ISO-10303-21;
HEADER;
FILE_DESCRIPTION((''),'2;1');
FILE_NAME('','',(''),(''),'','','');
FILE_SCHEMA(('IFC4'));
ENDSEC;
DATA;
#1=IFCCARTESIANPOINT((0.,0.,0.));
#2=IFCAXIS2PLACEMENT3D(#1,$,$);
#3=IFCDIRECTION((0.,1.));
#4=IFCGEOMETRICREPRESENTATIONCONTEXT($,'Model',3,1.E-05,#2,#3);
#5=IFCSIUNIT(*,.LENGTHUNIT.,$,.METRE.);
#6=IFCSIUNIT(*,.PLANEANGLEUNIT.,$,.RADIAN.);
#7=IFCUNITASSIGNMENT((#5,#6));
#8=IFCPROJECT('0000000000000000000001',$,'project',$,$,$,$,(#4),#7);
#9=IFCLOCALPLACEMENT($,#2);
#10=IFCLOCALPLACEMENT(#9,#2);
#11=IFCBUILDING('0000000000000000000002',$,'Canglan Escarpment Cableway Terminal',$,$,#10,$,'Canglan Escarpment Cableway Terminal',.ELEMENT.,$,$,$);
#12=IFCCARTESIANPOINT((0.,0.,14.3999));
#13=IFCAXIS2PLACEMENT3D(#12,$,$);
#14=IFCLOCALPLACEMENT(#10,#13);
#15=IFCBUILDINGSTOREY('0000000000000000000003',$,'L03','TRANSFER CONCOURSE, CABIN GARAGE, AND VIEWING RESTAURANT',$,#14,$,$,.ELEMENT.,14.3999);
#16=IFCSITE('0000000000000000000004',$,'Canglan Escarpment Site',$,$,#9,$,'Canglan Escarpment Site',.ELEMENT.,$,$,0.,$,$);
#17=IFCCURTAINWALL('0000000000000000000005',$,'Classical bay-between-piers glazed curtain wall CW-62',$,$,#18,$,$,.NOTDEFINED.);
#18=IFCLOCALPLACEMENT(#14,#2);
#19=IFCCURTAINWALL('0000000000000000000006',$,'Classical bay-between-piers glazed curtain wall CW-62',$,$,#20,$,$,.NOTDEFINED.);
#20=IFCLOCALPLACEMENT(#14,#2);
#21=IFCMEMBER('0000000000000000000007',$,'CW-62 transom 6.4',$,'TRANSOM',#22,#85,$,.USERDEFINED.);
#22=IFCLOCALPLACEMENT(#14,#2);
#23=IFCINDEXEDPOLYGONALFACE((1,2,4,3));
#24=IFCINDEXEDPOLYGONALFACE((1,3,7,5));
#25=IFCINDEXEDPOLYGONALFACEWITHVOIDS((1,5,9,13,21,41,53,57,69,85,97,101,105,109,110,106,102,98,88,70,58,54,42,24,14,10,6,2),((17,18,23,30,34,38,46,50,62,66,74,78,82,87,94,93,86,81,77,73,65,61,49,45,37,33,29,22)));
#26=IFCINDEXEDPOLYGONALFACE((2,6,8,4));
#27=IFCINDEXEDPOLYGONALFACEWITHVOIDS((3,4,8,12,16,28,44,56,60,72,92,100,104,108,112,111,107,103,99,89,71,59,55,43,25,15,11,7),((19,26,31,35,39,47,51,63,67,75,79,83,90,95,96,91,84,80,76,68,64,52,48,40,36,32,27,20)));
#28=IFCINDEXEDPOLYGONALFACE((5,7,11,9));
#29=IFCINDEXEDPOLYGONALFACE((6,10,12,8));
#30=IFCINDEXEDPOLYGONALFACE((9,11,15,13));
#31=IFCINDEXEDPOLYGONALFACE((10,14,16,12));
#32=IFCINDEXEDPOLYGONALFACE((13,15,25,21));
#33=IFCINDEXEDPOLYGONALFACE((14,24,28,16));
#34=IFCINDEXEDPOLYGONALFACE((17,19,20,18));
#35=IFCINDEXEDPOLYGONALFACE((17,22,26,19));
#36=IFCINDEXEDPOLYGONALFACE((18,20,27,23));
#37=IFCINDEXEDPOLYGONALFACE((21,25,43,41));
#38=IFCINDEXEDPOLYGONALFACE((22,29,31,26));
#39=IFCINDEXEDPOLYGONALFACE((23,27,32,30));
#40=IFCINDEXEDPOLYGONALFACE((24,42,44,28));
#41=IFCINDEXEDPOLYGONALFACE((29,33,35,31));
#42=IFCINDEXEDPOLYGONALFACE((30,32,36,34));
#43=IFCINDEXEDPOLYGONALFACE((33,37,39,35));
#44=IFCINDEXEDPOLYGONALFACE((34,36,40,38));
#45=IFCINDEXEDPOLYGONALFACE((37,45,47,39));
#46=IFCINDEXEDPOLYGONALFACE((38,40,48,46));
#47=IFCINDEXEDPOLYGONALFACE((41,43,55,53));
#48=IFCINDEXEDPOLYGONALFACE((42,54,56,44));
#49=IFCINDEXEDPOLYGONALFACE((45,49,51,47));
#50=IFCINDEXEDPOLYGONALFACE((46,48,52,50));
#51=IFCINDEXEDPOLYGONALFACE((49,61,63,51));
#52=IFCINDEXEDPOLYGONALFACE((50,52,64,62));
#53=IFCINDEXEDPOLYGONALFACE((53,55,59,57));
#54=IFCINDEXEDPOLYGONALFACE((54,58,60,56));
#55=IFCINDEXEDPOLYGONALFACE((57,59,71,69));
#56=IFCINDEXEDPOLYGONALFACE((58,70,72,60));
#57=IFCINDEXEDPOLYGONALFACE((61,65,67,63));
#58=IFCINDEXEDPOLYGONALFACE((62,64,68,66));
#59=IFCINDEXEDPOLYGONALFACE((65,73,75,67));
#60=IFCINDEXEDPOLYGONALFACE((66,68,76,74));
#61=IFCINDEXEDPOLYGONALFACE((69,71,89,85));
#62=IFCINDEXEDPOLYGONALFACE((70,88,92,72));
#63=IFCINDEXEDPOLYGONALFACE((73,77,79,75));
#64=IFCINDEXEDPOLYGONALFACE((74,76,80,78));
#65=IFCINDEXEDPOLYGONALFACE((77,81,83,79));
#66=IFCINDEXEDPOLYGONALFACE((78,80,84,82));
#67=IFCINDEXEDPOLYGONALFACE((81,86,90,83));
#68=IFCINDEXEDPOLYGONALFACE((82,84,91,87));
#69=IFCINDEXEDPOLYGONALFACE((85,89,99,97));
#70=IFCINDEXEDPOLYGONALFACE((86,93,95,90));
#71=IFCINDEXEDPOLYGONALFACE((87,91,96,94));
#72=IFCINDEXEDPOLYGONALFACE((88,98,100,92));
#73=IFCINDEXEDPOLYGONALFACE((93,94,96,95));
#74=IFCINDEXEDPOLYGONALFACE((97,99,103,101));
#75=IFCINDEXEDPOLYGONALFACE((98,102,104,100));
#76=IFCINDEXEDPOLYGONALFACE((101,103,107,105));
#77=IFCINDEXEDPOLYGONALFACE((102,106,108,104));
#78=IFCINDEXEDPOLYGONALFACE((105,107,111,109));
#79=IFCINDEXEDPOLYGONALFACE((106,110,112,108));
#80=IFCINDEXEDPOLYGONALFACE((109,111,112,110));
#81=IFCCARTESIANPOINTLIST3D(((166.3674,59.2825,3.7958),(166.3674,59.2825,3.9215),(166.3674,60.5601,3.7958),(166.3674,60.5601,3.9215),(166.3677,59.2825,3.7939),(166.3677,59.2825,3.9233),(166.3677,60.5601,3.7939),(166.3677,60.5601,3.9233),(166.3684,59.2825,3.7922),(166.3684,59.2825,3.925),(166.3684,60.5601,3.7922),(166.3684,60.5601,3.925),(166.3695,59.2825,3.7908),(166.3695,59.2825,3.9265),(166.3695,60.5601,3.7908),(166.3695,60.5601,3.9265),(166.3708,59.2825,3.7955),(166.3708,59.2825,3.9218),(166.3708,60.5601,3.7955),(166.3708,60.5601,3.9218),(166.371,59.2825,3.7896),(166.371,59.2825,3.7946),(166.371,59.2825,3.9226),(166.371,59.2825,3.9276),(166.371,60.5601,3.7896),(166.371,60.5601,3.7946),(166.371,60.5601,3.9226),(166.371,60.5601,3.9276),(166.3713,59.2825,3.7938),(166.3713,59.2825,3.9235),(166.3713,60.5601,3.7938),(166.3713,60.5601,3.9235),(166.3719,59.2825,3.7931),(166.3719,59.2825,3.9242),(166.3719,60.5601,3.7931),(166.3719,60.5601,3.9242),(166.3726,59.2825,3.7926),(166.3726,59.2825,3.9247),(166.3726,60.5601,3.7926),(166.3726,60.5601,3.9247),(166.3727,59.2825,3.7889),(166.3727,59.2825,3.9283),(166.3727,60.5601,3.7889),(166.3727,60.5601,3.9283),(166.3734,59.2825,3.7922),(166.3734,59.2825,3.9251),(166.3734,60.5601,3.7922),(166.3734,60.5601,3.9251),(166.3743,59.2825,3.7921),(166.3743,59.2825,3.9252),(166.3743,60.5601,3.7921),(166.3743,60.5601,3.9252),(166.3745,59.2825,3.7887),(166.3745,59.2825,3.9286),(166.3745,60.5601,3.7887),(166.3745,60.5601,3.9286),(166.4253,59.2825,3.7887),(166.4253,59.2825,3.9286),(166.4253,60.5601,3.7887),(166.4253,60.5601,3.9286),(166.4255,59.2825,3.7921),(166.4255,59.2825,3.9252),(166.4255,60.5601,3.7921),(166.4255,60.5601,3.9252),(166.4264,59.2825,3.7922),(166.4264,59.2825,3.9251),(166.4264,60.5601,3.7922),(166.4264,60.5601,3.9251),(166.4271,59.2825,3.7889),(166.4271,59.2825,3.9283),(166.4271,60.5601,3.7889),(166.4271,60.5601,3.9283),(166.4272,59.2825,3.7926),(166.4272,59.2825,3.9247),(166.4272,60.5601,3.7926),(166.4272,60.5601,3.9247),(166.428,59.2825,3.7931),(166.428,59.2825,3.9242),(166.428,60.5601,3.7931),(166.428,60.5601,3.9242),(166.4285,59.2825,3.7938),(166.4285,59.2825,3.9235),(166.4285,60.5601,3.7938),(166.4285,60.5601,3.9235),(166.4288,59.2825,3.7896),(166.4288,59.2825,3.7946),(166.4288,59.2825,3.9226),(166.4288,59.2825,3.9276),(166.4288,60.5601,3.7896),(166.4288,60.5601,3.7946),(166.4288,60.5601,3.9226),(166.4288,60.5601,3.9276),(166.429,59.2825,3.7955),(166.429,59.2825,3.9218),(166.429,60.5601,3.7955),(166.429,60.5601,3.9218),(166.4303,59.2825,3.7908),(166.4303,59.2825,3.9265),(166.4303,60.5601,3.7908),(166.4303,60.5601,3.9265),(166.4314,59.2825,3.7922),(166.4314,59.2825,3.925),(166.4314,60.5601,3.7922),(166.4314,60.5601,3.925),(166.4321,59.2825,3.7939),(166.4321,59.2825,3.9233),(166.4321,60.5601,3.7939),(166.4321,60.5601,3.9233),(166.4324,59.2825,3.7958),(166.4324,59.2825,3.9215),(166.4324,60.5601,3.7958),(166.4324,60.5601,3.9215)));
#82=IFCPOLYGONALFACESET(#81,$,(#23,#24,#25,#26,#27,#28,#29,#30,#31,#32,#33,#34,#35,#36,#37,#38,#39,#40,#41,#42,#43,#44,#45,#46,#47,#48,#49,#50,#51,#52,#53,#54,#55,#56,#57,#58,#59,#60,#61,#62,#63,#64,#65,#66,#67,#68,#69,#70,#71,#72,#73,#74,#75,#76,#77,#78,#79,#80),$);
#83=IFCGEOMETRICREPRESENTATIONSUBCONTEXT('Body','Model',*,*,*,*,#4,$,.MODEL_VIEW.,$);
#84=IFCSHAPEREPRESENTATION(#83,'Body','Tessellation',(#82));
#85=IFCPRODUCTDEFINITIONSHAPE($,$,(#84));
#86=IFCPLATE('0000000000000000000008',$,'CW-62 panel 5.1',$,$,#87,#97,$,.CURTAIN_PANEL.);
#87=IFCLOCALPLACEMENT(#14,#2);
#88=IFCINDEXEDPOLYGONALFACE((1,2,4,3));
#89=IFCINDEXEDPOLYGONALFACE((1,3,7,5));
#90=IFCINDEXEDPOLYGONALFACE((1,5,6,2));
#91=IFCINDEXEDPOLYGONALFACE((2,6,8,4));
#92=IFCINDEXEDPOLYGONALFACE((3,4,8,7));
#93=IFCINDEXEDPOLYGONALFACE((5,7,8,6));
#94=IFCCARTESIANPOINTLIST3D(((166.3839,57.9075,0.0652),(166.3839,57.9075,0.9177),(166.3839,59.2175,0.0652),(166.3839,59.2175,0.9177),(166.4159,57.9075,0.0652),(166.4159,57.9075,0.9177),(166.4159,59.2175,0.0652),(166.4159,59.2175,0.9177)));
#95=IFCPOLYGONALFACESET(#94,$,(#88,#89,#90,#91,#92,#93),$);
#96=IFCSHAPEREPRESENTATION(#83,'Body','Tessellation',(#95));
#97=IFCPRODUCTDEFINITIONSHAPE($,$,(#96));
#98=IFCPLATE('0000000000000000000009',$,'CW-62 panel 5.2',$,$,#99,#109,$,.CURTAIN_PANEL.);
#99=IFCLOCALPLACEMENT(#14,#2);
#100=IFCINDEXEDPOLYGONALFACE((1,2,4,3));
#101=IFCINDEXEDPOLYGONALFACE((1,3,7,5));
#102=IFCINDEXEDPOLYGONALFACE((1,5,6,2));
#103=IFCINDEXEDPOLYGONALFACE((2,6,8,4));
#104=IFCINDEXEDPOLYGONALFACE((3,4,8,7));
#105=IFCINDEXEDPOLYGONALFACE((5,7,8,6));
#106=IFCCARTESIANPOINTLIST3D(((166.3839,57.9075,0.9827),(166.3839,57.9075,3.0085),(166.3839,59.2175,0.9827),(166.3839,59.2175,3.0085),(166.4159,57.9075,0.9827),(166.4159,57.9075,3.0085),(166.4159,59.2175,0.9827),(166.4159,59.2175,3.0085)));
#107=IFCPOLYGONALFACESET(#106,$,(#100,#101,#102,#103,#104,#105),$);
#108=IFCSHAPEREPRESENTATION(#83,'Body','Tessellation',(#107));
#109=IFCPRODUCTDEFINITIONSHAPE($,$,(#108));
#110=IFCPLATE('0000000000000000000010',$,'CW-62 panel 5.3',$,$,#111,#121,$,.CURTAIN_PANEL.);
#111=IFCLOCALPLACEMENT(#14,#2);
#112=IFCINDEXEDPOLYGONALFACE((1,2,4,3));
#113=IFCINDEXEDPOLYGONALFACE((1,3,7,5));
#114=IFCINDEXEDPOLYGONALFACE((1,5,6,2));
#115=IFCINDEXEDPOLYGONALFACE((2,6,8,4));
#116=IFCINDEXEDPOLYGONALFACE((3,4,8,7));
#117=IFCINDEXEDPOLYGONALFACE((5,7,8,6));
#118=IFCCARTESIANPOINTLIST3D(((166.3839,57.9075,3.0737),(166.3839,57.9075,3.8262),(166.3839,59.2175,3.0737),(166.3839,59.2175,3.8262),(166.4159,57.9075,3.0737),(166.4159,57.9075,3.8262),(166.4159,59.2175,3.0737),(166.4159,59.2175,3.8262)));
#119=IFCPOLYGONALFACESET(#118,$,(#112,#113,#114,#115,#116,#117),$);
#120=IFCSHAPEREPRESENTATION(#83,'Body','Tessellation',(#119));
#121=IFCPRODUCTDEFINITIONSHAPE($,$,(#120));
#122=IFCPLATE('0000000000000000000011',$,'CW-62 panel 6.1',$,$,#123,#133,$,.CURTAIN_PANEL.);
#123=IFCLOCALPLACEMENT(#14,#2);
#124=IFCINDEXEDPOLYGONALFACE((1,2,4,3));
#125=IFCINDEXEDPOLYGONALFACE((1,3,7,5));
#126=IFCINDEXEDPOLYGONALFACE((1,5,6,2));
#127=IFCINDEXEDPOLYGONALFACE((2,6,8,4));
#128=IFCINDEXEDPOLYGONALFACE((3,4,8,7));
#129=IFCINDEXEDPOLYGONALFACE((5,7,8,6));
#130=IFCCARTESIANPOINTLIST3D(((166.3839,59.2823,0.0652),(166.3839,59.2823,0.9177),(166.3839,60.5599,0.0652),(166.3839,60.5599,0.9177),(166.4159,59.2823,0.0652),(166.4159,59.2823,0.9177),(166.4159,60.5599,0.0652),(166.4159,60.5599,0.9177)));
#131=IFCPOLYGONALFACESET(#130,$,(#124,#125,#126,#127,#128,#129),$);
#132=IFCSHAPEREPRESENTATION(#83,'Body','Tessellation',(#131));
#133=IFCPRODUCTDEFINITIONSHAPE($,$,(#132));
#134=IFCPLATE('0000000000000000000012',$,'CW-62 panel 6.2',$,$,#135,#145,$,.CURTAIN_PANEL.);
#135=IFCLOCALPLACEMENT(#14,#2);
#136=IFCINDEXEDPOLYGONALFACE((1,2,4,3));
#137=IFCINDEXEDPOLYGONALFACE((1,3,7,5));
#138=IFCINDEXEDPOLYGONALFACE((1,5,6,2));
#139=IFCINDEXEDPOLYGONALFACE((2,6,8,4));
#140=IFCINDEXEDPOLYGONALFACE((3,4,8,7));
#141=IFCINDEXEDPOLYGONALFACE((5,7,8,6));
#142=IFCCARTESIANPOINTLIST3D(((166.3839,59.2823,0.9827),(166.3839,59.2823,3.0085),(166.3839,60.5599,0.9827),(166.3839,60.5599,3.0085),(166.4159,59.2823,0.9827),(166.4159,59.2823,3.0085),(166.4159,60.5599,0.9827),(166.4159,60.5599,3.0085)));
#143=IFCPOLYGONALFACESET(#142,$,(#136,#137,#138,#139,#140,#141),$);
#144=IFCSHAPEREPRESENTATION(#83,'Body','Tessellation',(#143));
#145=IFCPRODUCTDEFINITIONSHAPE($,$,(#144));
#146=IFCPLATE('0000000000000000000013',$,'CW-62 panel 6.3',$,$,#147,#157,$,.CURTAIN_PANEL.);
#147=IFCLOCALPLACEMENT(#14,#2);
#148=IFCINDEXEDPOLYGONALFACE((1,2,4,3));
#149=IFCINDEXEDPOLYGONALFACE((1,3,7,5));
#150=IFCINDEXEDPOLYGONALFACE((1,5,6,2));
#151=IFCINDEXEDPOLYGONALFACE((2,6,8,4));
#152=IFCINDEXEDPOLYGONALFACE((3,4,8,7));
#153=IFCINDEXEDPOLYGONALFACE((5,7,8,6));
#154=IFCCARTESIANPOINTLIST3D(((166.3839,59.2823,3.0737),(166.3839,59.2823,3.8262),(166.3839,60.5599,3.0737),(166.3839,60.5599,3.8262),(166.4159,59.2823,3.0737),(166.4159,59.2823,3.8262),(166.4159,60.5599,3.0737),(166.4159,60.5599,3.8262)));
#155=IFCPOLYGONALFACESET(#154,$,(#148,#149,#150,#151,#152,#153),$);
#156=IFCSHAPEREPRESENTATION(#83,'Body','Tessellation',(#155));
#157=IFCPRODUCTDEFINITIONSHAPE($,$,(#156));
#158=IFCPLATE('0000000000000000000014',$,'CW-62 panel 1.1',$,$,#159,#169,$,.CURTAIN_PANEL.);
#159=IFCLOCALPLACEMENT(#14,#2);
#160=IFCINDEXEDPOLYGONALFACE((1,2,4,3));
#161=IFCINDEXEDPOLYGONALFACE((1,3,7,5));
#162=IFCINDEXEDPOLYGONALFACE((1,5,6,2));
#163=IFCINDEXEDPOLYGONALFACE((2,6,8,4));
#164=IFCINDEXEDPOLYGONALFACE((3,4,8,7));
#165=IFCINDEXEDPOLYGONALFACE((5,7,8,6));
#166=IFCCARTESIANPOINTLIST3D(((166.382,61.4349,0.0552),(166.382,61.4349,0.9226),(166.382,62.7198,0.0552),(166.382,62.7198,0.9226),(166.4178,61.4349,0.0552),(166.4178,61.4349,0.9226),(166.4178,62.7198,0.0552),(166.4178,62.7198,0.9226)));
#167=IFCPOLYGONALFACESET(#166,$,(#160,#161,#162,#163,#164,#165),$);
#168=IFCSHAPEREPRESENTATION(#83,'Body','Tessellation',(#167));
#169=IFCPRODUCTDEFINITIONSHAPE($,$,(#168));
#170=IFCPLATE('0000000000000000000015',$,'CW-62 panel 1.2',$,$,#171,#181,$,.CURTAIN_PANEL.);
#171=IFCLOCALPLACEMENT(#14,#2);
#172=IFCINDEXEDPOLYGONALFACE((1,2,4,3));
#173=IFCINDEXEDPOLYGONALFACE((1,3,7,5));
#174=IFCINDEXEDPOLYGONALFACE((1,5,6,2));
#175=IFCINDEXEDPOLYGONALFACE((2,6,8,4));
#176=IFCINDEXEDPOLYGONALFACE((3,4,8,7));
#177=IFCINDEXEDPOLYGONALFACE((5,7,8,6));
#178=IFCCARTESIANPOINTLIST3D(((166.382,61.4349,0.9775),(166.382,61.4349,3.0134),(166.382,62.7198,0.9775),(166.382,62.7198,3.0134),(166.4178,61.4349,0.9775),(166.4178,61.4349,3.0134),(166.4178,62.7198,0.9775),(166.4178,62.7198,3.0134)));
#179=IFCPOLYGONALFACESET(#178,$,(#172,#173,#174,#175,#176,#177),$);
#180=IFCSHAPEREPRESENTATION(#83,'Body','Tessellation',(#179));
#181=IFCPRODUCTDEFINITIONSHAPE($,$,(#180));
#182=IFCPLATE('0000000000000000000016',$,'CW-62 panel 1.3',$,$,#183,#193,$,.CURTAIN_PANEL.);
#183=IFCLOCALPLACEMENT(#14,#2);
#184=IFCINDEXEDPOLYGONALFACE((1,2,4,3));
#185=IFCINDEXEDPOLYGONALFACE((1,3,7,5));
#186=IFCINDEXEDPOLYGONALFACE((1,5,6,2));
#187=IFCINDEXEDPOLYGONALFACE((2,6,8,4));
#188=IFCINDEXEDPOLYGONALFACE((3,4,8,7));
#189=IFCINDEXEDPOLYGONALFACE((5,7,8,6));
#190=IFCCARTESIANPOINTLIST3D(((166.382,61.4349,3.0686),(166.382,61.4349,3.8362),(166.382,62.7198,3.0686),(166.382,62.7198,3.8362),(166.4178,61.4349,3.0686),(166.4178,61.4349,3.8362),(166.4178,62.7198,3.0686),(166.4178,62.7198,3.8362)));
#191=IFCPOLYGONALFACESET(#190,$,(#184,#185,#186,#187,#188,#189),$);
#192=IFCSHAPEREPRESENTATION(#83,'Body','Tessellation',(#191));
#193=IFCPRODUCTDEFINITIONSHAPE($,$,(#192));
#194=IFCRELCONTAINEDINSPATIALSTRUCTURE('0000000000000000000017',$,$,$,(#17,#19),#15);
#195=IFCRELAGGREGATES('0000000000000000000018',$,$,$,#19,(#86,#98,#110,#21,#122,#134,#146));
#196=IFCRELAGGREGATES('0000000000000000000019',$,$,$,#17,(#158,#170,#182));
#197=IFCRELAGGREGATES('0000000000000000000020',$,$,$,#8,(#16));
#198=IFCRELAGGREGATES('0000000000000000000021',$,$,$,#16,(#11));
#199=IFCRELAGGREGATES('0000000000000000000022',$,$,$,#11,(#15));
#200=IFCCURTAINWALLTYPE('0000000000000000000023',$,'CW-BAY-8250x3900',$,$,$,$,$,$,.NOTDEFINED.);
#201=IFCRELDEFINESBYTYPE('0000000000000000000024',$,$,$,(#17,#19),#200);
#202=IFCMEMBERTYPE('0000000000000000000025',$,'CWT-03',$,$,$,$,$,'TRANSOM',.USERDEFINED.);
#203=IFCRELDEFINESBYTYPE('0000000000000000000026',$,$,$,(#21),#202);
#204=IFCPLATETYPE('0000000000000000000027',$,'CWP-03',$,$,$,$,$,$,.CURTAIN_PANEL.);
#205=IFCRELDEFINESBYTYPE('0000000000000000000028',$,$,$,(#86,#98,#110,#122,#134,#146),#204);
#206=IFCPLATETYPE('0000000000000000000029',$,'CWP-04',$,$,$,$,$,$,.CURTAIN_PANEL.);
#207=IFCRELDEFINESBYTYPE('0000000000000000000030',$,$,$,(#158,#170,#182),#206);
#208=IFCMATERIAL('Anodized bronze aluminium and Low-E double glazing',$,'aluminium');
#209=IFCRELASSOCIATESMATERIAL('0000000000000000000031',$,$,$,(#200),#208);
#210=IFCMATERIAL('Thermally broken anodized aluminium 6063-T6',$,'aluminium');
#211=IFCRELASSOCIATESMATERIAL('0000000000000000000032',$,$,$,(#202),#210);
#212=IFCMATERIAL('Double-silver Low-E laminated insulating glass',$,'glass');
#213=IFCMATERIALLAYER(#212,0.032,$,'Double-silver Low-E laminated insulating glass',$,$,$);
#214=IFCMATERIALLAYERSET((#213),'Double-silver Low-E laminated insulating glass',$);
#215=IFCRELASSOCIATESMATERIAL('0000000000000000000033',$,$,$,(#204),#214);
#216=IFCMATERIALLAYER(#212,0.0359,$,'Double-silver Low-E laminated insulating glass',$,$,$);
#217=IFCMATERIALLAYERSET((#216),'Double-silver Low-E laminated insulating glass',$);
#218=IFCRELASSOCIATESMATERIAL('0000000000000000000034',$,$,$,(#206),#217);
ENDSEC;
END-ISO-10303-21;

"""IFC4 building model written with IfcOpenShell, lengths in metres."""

from ifc_helpers import new_model, si_unit, direction, frame, origin, origin_2d, place, context, subcontext, project, spatial, rectangle, hollow_rectangle, extrude, material, layer, layer_set, material_profile, profile_set, type_object, element, aggregate, save


model = new_model("IFC4")

# Units and contexts
model_context = context("Model", 3, precision=1e-05, world=origin(), true_north=direction((0.0, 1.0)))
body_context = subcontext(model_context, "Body", "Model", "MODEL_VIEW")
ifc_project = project(units=[si_unit("LENGTHUNIT", "METRE"), si_unit("PLANEANGLEUNIT", "RADIAN")], contexts=[model_context])

# Site, building, storey
site_placement = place(None, origin())
site = spatial("IfcSite", under=ifc_project, at=site_placement, Name="Canglan Escarpment Site", LongName="Canglan Escarpment Site", CompositionType="ELEMENT", RefElevation=0.0)
building_placement = place(site_placement, origin())
building = spatial("IfcBuilding", under=site, at=building_placement, Name="Canglan Escarpment Cableway Terminal", LongName="Canglan Escarpment Cableway Terminal", CompositionType="ELEMENT")
storey_placement = place(building_placement, frame((0.0, 0.0, 14.3999)))
storey = spatial("IfcBuildingStorey", under=building, at=storey_placement, Name="L03", Description="TRANSFER CONCOURSE, CABIN GARAGE, AND VIEWING RESTAURANT", CompositionType="ELEMENT", Elevation=14.3999)

# Curtain walls
ifc_material_1 = material(Name="Anodized bronze aluminium and Low-E double glazing", Category="aluminium")
curtain_wall_type = type_object("IfcCurtainWallType", Name="CW-BAY-8250x3900", PredefinedType="NOTDEFINED", material=ifc_material_1)
curtain_wall_1_placement = place(storey_placement, origin())
curtain_wall_1 = element("IfcCurtainWall", 1, at=curtain_wall_1_placement, inside=storey, type_object=curtain_wall_type, Name="Classical bay-between-piers glazed curtain wall CW-62", PredefinedType="NOTDEFINED")
ifc_material_2 = material(Name="Thermally broken anodized aluminium 6063-T6", Category="aluminium")
curtain_wall_2_placement = place(storey_placement, origin())
curtain_wall_2 = element("IfcCurtainWall", 2, at=curtain_wall_2_placement, inside=storey, type_object=curtain_wall_type, Name="Classical bay-between-piers glazed curtain wall CW-62", PredefinedType="NOTDEFINED")

# Member
ifc_material_profile_1 = material_profile(ifc_material_2, hollow_rectangle(XDim=0.0649, YDim=0.1399, WallThickness=0.0034, InnerFilletRadius=0.0034, OuterFilletRadius=0.0071, at=origin_2d()), Name="ALU-TRAN 65x140x3.5")
ifc_profile_set_1 = profile_set([ifc_material_profile_1], Name="Thermally broken anodized aluminium 6063-T6")
member_type_1 = type_object("IfcMemberType", Name="CWT-03", ElementType="TRANSOM", PredefinedType="USERDEFINED", material=ifc_profile_set_1)
member_1_placement = place(storey_placement, frame((166.3999, 59.2825, 3.8586), z_axis=(0.0, 1.0, 0.0), x_axis=(-1.0, 0.0, 0.0)))
member_1 = element("IfcMember", 3, at=member_1_placement, type_object=member_type_1, Name="CW-62 transom 6.4", ObjectType="TRANSOM", PredefinedType="USERDEFINED", context=body_context, shape_type="SweptSolid", body=[
    extrude(hollow_rectangle(XDim=0.0649, YDim=0.1399, WallThickness=0.0034, InnerFilletRadius=0.0034, OuterFilletRadius=0.0071, at=origin_2d()), origin(), (0.0, 0.0, 1.0), 1.2776),
])

# Plates
ifc_material_3 = material(Name="Double-silver Low-E laminated insulating glass", Category="glass")
ifc_layer_1 = layer(ifc_material_3, 0.032, Name="Double-silver Low-E laminated insulating glass")
ifc_layer_set_1 = layer_set([ifc_layer_1], Name="Double-silver Low-E laminated insulating glass")
plate_type_1 = type_object("IfcPlateType", Name="CWP-03", PredefinedType="CURTAIN_PANEL", material=ifc_layer_set_1)
plate_1_placement = place(storey_placement, frame((166.3999, 58.5625, 0.0652), z_axis=(0.0, 0.0, 1.0), x_axis=(0.0, 1.0, 0.0)))
plate_1 = element("IfcPlate", 4, at=plate_1_placement, type_object=plate_type_1, Name="CW-62 panel 5.1", PredefinedType="CURTAIN_PANEL", context=body_context, shape_type="SweptSolid", body=[
    extrude(rectangle(XDim=1.3101, YDim=0.032, at=origin_2d()), origin(), (0.0, 0.0, 1.0), 0.8525),
])
plate_2_placement = place(storey_placement, frame((166.3999, 58.5625, 0.9827), z_axis=(0.0, 0.0, 1.0), x_axis=(0.0, 1.0, 0.0)))
plate_2 = element("IfcPlate", 5, at=plate_2_placement, type_object=plate_type_1, Name="CW-62 panel 5.2", PredefinedType="CURTAIN_PANEL", context=body_context, shape_type="SweptSolid", body=[
    extrude(rectangle(XDim=1.3101, YDim=0.032, at=origin_2d()), origin(), (0.0, 0.0, 1.0), 2.0259),
])
plate_3_placement = place(storey_placement, frame((166.3999, 58.5625, 3.0737), z_axis=(0.0, 0.0, 1.0), x_axis=(0.0, 1.0, 0.0)))
plate_3 = element("IfcPlate", 6, at=plate_3_placement, type_object=plate_type_1, Name="CW-62 panel 5.3", PredefinedType="CURTAIN_PANEL", context=body_context, shape_type="SweptSolid", body=[
    extrude(rectangle(XDim=1.3101, YDim=0.032, at=origin_2d()), origin(), (0.0, 0.0, 1.0), 0.7524),
])
plate_4_placement = place(storey_placement, frame((166.3999, 59.9211, 0.0652), z_axis=(0.0, 0.0, 1.0), x_axis=(0.0, 1.0, 0.0)))
plate_4 = element("IfcPlate", 7, at=plate_4_placement, type_object=plate_type_1, Name="CW-62 panel 6.1", PredefinedType="CURTAIN_PANEL", context=body_context, shape_type="SweptSolid", body=[
    extrude(rectangle(XDim=1.2776, YDim=0.032, at=origin_2d()), origin(), (0.0, 0.0, 1.0), 0.8525),
])
plate_5_placement = place(storey_placement, frame((166.3999, 59.9211, 0.9827), z_axis=(0.0, 0.0, 1.0), x_axis=(0.0, 1.0, 0.0)))
plate_5 = element("IfcPlate", 8, at=plate_5_placement, type_object=plate_type_1, Name="CW-62 panel 6.2", PredefinedType="CURTAIN_PANEL", context=body_context, shape_type="SweptSolid", body=[
    extrude(rectangle(XDim=1.2776, YDim=0.032, at=origin_2d()), origin(), (0.0, 0.0, 1.0), 2.0259),
])
plate_6_placement = place(storey_placement, frame((166.3999, 59.9211, 3.0737), z_axis=(0.0, 0.0, 1.0), x_axis=(0.0, 1.0, 0.0)))
plate_6 = element("IfcPlate", 9, at=plate_6_placement, type_object=plate_type_1, Name="CW-62 panel 6.3", PredefinedType="CURTAIN_PANEL", context=body_context, shape_type="SweptSolid", body=[
    extrude(rectangle(XDim=1.2776, YDim=0.032, at=origin_2d()), origin(), (0.0, 0.0, 1.0), 0.7524),
])
aggregate(curtain_wall_2, [plate_1, plate_2, plate_3, member_1, plate_4, plate_5, plate_6])
ifc_layer_2 = layer(ifc_material_3, 0.0359, Name="Double-silver Low-E laminated insulating glass")
ifc_layer_set_2 = layer_set([ifc_layer_2], Name="Double-silver Low-E laminated insulating glass")
plate_type_2 = type_object("IfcPlateType", Name="CWP-04", PredefinedType="CURTAIN_PANEL", material=ifc_layer_set_2)
plate_7_placement = place(storey_placement, frame((166.3999, 62.0774, 0.0552), z_axis=(0.0, 0.0, 1.0), x_axis=(0.0, 1.0, 0.0)))
plate_7 = element("IfcPlate", 10, at=plate_7_placement, type_object=plate_type_2, Name="CW-62 panel 1.1", PredefinedType="CURTAIN_PANEL", context=body_context, shape_type="SweptSolid", body=[
    extrude(rectangle(XDim=1.2849, YDim=0.0359, at=origin_2d()), origin(), (0.0, 0.0, 1.0), 0.8674),
])
plate_8_placement = place(storey_placement, frame((166.3999, 62.0774, 0.9775), z_axis=(0.0, 0.0, 1.0), x_axis=(0.0, 1.0, 0.0)))
plate_8 = element("IfcPlate", 11, at=plate_8_placement, type_object=plate_type_2, Name="CW-62 panel 1.2", PredefinedType="CURTAIN_PANEL", context=body_context, shape_type="SweptSolid", body=[
    extrude(rectangle(XDim=1.2849, YDim=0.0359, at=origin_2d()), origin(), (0.0, 0.0, 1.0), 2.0359),
])
plate_9_placement = place(storey_placement, frame((166.3999, 62.0774, 3.0686), z_axis=(0.0, 0.0, 1.0), x_axis=(0.0, 1.0, 0.0)))
plate_9 = element("IfcPlate", 12, at=plate_9_placement, type_object=plate_type_2, Name="CW-62 panel 1.3", PredefinedType="CURTAIN_PANEL", context=body_context, shape_type="SweptSolid", body=[
    extrude(rectangle(XDim=1.2849, YDim=0.0359, at=origin_2d()), origin(), (0.0, 0.0, 1.0), 0.7676),
])
aggregate(curtain_wall_1, [plate_7, plate_8, plate_9])

save(model, "model.ifc")
